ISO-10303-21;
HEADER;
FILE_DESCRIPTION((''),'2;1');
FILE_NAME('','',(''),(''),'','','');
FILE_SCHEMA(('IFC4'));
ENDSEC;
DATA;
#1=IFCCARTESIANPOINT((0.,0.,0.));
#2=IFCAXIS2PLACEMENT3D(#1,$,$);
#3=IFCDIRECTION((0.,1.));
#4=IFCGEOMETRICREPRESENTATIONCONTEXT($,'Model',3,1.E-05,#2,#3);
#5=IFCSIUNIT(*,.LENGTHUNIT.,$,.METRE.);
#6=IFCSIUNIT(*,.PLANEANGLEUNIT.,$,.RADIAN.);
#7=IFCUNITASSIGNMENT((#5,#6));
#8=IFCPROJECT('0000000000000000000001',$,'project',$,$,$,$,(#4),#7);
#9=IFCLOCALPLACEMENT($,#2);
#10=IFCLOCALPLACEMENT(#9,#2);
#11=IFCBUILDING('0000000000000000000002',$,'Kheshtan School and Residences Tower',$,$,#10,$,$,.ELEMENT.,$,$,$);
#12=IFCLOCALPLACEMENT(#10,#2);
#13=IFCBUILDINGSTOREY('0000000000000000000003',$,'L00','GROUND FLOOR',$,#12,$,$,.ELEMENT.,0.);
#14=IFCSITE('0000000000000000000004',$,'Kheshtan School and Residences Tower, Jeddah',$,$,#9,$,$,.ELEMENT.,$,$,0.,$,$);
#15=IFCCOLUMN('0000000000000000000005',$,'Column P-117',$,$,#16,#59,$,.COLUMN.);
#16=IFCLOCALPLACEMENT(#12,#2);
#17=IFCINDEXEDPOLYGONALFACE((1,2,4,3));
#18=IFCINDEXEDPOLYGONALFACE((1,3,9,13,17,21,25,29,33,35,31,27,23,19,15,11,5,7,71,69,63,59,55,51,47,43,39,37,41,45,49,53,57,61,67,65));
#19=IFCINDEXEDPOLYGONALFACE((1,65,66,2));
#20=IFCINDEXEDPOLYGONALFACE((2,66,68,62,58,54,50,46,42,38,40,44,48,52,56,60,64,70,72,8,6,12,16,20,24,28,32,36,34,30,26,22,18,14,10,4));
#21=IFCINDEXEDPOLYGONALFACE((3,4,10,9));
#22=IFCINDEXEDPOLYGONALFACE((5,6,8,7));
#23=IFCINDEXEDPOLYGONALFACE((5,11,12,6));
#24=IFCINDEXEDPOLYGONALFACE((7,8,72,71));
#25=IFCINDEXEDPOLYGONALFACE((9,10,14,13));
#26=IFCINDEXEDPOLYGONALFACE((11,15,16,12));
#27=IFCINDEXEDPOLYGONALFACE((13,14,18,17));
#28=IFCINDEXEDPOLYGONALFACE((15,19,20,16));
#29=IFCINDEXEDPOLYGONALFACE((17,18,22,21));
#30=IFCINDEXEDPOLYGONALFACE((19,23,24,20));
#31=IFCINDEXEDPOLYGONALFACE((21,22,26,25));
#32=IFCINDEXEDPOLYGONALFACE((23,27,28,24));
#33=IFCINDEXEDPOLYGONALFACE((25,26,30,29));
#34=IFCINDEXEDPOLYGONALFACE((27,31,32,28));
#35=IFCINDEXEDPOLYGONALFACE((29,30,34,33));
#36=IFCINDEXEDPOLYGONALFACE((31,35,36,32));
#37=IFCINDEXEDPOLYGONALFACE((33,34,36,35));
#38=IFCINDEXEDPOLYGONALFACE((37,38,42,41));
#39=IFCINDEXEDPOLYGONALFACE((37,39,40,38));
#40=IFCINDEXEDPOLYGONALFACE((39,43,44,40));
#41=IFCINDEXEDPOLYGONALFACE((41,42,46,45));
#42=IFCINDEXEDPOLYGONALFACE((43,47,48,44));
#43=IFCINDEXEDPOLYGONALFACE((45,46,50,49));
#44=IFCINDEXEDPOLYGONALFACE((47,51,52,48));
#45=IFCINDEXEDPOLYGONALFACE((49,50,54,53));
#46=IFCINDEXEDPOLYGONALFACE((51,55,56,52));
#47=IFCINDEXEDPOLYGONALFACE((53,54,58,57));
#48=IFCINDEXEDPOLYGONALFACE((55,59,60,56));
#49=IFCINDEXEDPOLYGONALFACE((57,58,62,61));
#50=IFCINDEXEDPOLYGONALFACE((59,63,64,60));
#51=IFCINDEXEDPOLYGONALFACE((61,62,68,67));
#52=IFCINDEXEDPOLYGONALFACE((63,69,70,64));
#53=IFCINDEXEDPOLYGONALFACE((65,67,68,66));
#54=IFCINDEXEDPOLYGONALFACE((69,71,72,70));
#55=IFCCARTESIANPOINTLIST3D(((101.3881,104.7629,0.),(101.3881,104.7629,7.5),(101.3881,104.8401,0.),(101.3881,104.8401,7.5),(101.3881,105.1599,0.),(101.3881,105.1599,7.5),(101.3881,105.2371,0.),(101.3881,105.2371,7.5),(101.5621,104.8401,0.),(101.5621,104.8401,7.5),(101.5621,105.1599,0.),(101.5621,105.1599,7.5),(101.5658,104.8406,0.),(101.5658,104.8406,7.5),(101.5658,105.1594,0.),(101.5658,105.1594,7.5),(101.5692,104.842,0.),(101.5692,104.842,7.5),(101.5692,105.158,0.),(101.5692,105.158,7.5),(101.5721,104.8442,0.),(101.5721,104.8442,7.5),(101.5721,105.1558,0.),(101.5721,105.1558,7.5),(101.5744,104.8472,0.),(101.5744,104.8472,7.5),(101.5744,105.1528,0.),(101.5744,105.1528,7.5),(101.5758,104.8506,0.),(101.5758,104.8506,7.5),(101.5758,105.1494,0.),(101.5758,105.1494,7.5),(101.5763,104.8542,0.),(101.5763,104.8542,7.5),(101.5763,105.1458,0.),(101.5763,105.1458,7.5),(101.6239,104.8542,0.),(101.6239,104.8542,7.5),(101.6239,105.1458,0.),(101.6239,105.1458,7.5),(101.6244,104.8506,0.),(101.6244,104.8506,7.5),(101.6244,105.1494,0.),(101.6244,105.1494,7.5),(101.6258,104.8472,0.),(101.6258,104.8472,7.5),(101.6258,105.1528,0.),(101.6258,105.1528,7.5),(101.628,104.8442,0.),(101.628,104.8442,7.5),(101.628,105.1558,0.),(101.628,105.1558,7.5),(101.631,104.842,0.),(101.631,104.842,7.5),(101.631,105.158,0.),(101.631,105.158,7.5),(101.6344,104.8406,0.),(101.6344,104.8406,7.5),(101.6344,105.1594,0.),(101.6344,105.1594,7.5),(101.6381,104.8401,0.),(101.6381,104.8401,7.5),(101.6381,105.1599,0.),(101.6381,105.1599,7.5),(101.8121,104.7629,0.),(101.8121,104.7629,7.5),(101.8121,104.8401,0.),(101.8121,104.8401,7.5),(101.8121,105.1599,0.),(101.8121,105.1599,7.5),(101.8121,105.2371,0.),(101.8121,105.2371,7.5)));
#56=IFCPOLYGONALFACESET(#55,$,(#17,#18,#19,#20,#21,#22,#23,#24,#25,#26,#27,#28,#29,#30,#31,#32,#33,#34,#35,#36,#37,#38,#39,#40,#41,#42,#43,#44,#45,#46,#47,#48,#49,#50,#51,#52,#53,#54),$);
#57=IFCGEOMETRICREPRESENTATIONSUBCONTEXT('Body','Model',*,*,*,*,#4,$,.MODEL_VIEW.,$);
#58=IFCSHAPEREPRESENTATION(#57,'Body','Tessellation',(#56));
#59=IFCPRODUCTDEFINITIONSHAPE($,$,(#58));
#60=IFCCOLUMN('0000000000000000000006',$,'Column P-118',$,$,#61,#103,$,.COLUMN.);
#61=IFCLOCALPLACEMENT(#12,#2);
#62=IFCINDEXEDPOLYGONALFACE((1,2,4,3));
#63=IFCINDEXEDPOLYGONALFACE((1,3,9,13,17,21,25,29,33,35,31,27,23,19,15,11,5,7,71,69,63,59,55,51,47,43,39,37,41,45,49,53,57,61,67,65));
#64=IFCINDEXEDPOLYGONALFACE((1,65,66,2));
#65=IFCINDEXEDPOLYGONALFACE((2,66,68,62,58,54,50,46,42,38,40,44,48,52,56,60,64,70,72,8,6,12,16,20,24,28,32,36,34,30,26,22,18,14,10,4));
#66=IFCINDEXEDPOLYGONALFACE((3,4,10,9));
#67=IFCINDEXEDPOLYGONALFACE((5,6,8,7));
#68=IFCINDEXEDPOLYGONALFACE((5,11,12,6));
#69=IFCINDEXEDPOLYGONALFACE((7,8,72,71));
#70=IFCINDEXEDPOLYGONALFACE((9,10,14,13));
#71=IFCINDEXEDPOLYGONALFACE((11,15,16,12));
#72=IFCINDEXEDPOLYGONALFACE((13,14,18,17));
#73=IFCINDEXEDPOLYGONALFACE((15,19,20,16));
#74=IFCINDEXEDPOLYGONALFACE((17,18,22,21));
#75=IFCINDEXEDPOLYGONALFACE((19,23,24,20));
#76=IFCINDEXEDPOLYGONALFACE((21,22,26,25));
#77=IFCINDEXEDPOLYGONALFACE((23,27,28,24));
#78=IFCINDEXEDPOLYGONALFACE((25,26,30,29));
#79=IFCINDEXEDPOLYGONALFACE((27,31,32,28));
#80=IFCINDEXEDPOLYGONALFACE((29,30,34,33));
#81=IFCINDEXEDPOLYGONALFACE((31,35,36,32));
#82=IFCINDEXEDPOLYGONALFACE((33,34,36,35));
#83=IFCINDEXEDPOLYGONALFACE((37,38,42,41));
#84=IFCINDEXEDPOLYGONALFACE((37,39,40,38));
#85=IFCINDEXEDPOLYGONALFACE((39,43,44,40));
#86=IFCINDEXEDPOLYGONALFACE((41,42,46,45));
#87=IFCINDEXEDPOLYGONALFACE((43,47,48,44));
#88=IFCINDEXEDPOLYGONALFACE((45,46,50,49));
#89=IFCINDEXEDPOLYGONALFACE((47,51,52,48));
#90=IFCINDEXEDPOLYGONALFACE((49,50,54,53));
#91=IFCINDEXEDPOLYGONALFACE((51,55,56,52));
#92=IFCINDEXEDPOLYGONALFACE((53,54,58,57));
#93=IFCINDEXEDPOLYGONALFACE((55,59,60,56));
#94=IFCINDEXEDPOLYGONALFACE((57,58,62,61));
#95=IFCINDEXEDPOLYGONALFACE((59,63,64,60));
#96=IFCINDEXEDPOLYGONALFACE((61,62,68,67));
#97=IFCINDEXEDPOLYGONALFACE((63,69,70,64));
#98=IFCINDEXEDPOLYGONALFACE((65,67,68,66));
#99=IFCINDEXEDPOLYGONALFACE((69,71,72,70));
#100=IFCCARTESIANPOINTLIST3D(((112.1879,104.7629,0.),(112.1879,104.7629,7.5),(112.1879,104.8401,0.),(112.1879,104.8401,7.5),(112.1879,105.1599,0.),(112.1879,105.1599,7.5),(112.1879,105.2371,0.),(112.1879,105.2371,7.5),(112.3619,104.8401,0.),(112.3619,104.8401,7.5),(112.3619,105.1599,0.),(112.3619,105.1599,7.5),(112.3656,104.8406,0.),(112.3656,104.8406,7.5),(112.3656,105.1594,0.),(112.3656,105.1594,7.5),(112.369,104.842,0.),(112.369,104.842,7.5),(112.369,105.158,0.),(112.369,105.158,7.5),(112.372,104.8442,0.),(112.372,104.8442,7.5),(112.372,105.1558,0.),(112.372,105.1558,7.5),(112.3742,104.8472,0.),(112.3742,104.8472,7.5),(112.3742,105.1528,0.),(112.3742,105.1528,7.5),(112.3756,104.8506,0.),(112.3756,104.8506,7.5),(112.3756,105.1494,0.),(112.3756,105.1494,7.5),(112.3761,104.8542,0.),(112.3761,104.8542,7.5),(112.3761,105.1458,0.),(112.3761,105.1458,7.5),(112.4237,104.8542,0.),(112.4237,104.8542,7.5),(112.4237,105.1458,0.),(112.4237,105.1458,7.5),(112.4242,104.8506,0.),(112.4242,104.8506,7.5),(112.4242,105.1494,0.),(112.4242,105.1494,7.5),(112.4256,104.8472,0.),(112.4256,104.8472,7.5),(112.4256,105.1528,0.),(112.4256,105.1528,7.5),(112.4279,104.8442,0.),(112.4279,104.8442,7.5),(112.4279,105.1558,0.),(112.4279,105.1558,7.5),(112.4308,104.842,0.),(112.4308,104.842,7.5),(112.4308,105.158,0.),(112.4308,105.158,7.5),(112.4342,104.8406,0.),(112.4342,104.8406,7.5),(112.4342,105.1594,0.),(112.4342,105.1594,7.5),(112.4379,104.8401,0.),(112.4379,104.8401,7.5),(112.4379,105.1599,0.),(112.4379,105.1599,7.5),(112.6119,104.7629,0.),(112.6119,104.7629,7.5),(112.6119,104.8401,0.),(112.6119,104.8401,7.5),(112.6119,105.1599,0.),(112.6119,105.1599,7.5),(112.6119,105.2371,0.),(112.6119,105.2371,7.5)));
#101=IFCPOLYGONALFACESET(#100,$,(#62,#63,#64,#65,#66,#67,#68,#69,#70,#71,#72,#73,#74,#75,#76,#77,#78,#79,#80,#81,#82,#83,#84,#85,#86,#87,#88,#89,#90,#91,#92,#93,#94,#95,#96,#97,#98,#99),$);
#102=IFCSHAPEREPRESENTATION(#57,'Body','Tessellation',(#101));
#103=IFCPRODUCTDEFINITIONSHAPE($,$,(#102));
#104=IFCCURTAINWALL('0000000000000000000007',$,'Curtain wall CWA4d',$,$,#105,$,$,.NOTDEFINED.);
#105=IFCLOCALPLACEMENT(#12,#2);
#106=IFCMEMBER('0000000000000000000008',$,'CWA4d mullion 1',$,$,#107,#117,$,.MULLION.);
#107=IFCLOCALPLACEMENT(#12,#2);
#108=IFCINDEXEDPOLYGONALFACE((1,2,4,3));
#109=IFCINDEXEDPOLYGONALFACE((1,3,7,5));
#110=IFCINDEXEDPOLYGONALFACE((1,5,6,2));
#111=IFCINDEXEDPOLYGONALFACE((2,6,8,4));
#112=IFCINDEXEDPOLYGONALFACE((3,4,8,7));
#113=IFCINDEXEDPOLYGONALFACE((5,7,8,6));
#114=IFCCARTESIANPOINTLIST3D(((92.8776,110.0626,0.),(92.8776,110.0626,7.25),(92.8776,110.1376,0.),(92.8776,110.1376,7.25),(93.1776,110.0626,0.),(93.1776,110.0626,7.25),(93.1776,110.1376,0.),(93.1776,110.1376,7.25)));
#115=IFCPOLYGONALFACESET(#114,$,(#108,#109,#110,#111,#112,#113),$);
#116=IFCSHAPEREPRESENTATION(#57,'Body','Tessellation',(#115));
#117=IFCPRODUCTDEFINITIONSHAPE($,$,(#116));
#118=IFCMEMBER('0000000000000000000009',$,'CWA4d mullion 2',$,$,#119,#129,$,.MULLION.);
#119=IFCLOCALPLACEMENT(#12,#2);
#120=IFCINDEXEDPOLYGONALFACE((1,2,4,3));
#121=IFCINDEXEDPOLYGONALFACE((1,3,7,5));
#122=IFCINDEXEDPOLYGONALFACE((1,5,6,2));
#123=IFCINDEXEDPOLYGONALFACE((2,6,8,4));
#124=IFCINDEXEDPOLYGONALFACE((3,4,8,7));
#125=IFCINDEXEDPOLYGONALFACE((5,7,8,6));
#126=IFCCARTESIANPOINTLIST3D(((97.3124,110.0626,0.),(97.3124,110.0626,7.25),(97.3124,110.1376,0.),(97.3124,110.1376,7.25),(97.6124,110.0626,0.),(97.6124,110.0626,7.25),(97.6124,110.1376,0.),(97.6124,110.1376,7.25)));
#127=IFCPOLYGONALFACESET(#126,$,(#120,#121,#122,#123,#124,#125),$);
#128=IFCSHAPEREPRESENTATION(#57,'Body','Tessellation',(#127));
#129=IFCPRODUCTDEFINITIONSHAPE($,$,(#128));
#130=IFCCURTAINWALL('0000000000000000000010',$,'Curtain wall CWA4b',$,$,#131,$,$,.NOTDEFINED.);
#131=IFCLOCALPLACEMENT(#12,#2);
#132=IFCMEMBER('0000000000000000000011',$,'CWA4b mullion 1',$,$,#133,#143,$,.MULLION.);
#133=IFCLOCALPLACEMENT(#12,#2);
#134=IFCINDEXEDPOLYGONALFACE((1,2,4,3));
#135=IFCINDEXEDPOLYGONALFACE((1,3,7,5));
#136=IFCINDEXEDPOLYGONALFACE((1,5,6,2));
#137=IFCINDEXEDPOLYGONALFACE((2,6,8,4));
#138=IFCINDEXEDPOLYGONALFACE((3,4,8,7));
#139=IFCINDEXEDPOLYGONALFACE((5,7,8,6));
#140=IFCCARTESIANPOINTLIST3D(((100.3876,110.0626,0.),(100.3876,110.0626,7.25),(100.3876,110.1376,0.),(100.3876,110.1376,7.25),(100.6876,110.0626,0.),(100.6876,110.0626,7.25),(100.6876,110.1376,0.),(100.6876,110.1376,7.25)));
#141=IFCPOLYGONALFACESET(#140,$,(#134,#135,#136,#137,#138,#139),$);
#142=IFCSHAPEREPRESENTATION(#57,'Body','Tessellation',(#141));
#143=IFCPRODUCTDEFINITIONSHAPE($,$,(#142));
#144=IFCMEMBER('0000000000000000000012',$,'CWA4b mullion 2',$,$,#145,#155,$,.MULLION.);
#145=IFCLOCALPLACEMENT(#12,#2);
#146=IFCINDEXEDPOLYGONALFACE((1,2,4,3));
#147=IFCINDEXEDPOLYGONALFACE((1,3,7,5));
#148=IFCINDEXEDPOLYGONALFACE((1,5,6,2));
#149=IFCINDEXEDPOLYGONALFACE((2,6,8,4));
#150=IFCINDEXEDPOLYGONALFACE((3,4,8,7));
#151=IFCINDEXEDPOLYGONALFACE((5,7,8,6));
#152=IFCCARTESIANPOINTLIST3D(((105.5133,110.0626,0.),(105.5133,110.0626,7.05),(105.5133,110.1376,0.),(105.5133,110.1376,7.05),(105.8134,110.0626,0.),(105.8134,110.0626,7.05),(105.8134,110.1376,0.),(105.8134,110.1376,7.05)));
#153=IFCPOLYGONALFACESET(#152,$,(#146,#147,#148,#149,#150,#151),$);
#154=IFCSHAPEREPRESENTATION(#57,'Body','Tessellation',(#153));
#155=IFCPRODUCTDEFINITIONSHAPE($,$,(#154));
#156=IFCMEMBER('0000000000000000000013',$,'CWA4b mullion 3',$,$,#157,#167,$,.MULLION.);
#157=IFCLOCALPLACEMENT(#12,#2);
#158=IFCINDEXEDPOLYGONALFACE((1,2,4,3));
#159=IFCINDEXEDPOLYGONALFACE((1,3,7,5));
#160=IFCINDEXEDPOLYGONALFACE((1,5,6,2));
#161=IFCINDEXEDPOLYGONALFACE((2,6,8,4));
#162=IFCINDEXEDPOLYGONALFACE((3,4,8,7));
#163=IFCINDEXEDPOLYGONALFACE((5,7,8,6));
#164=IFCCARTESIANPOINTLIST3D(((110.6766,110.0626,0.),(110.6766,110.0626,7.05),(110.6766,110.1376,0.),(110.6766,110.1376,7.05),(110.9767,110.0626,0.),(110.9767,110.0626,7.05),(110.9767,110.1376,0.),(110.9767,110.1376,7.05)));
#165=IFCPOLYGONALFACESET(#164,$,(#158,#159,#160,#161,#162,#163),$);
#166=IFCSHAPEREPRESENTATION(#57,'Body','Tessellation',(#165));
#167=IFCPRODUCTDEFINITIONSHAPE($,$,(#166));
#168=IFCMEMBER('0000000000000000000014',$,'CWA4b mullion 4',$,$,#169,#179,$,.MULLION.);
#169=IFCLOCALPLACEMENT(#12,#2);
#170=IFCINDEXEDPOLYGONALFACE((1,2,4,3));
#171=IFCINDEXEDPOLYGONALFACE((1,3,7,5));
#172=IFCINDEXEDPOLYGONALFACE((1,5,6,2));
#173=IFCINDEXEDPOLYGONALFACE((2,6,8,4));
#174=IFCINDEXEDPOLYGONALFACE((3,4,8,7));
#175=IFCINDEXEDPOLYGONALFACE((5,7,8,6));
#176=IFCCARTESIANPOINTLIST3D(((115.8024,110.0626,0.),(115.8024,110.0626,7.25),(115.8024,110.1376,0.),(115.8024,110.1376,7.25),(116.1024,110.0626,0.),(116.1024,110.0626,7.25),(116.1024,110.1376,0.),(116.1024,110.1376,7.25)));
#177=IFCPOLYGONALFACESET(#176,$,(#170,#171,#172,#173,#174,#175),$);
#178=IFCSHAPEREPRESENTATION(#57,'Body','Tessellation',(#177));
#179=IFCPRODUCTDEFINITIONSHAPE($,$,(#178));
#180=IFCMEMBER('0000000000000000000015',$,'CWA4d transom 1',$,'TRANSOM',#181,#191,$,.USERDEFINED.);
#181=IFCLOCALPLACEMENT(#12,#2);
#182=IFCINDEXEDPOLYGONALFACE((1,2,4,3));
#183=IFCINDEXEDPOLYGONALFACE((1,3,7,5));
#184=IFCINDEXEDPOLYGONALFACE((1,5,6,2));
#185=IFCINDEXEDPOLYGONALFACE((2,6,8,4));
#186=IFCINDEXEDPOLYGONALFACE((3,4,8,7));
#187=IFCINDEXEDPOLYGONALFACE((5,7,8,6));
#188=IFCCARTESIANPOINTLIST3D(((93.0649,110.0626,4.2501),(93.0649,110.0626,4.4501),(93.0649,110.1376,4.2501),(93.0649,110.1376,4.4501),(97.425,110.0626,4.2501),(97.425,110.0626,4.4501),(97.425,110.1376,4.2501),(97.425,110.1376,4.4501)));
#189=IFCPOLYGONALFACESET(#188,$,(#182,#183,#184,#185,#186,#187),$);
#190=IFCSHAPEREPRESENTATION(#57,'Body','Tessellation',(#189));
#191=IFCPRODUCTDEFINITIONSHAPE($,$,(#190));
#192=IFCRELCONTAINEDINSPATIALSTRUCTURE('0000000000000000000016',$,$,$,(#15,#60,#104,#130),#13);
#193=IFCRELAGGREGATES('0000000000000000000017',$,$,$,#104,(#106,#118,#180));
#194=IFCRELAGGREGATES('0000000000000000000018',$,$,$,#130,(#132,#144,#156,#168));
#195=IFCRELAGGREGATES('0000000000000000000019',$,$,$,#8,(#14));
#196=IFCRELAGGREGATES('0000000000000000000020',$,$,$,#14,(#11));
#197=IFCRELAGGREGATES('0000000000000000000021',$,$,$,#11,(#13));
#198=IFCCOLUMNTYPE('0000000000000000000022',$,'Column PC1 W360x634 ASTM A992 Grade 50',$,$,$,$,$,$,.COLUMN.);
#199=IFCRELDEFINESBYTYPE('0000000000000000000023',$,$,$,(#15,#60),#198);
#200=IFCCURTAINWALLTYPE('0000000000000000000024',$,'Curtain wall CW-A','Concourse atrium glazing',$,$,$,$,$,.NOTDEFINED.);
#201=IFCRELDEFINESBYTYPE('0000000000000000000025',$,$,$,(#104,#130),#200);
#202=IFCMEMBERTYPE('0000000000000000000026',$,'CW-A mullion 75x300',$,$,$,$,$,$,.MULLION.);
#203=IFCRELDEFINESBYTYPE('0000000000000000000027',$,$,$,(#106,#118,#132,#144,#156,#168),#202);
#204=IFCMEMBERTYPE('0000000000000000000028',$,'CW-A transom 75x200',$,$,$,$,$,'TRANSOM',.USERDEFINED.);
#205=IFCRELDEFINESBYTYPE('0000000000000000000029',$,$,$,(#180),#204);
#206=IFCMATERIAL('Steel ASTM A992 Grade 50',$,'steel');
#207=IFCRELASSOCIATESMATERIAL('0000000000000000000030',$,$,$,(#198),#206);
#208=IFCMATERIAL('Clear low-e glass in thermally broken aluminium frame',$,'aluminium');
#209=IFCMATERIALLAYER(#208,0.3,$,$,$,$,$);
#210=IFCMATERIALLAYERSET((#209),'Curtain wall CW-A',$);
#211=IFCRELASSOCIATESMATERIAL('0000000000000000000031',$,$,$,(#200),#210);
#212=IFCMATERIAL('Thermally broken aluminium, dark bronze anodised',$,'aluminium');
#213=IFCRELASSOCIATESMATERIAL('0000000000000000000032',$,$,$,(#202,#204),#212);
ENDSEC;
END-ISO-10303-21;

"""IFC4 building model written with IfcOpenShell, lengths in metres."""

from ifc_helpers import new_model, si_unit, direction, frame, origin, origin_2d, place, context, subcontext, project, spatial, rectangle, i_section, extrude, material, layer, layer_set, material_profile, profile_set, type_object, element, aggregate, save


model = new_model("IFC4")

# Units and contexts
model_context = context("Model", 3, precision=1e-05, world=origin(), true_north=direction((0.0, 1.0)))
body_context = subcontext(model_context, "Body", "Model", "MODEL_VIEW")
ifc_project = project(units=[si_unit("LENGTHUNIT", "METRE"), si_unit("PLANEANGLEUNIT", "RADIAN")], contexts=[model_context])

# Site, building, storey
site_placement = place(None, origin())
site = spatial("IfcSite", under=ifc_project, at=site_placement, Name="Kheshtan School and Residences Tower, Jeddah", CompositionType="ELEMENT", RefElevation=0.0)
building_placement = place(site_placement, origin())
building = spatial("IfcBuilding", under=site, at=building_placement, Name="Kheshtan School and Residences Tower", CompositionType="ELEMENT")
storey_placement = place(building_placement, origin())
storey = spatial("IfcBuildingStorey", under=building, at=storey_placement, Name="L00", Description="GROUND FLOOR", CompositionType="ELEMENT", Elevation=0.0)

# Columns
ifc_material_1 = material(Name="Steel ASTM A992 Grade 50", Category="steel")
ifc_material_profile_1 = material_profile(ifc_material_1, i_section(OverallWidth=0.4241, OverallDepth=0.4741, WebThickness=0.0476, FlangeThickness=0.0771, FilletRadius=0.0142, at=origin_2d()), Name="W360x634")
ifc_profile_set_1 = profile_set([ifc_material_profile_1], Name="Steel ASTM A992 Grade 50")
column_type = type_object("IfcColumnType", Name="Column PC1 W360x634 ASTM A992 Grade 50", PredefinedType="COLUMN", material=ifc_profile_set_1)
for number, where, z_axis, x_axis, name in (
    (1, (101.6001, 105.0, 0.0), (0.0, 0.0, 1.0), (1.0, 0.0, 0.0), "Column P-117"),
    (2, (112.3999, 105.0, 0.0), (0.0, 0.0, 1.0), (1.0, 0.0, 0.0), "Column P-118"),
):
    element("IfcColumn", number, at=place(storey_placement, frame(where, z_axis=z_axis, x_axis=x_axis)), inside=storey, type_object=column_type, Name=name, PredefinedType="COLUMN", context=body_context, shape_type="SweptSolid", body=[
        extrude(i_section(OverallWidth=0.4241, OverallDepth=0.4741, WebThickness=0.0476, FlangeThickness=0.0771, FilletRadius=0.0142, at=origin_2d()), origin(), (0.0, 0.0, 1.0), 7.5),
    ])

# Curtain walls, members
ifc_material_2 = material(Name="Clear low-e glass in thermally broken aluminium frame", Category="aluminium")
ifc_layer_1 = layer(ifc_material_2, 0.3)
ifc_layer_set_1 = layer_set([ifc_layer_1], Name="Curtain wall CW-A")
curtain_wall_type = type_object("IfcCurtainWallType", Name="Curtain wall CW-A", Description="Concourse atrium glazing", PredefinedType="NOTDEFINED", material=ifc_layer_set_1)
curtain_wall_1_placement = place(storey_placement, origin())
curtain_wall_1 = element("IfcCurtainWall", 3, at=curtain_wall_1_placement, inside=storey, type_object=curtain_wall_type, Name="Curtain wall CWA4d", PredefinedType="NOTDEFINED")
ifc_material_3 = material(Name="Thermally broken aluminium, dark bronze anodised", Category="aluminium")
ifc_material_profile_2 = material_profile(ifc_material_3, rectangle(XDim=0.075, YDim=0.3, at=origin_2d()), Name="CW-A mullion 75x300")
ifc_profile_set_2 = profile_set([ifc_material_profile_2], Name="Thermally broken aluminium, dark bronze anodised")
member_type_1 = type_object("IfcMemberType", Name="CW-A mullion 75x300", PredefinedType="MULLION", material=ifc_profile_set_2)
member_1_placement = place(storey_placement, frame((93.0276, 110.1001, 0.0), z_axis=(0.0, 0.0, 1.0), x_axis=(0.0, 1.0, 0.0)))
member_1 = element("IfcMember", 4, at=member_1_placement, type_object=member_type_1, Name="CWA4d mullion 1", PredefinedType="MULLION", context=body_context, shape_type="SweptSolid", body=[
    extrude(rectangle(XDim=0.075, YDim=0.3, at=origin_2d()), origin(), (0.0, 0.0, 1.0), 7.25),
])
member_2_placement = place(storey_placement, frame((97.4624, 110.1001, 0.0), z_axis=(0.0, 0.0, 1.0), x_axis=(0.0, 1.0, 0.0)))
member_2 = element("IfcMember", 5, at=member_2_placement, type_object=member_type_1, Name="CWA4d mullion 2", PredefinedType="MULLION", context=body_context, shape_type="SweptSolid", body=[
    extrude(rectangle(XDim=0.075, YDim=0.3, at=origin_2d()), origin(), (0.0, 0.0, 1.0), 7.25),
])
curtain_wall_2_placement = place(storey_placement, origin())
curtain_wall_2 = element("IfcCurtainWall", 6, at=curtain_wall_2_placement, inside=storey, type_object=curtain_wall_type, Name="Curtain wall CWA4b", PredefinedType="NOTDEFINED")
member_3_placement = place(storey_placement, frame((100.5376, 110.1001, 0.0), z_axis=(0.0, 0.0, 1.0), x_axis=(0.0, 1.0, 0.0)))
member_3 = element("IfcMember", 7, at=member_3_placement, type_object=member_type_1, Name="CWA4b mullion 1", PredefinedType="MULLION", context=body_context, shape_type="SweptSolid", body=[
    extrude(rectangle(XDim=0.075, YDim=0.3, at=origin_2d()), origin(), (0.0, 0.0, 1.0), 7.25),
])
member_4_placement = place(storey_placement, frame((105.6633, 110.1001, 0.0), z_axis=(0.0, 0.0, 1.0), x_axis=(0.0, 1.0, 0.0)))
member_4 = element("IfcMember", 8, at=member_4_placement, type_object=member_type_1, Name="CWA4b mullion 2", PredefinedType="MULLION", context=body_context, shape_type="SweptSolid", body=[
    extrude(rectangle(XDim=0.075, YDim=0.3, at=origin_2d()), origin(), (0.0, 0.0, 1.0), 7.05),
])
member_5_placement = place(storey_placement, frame((110.8267, 110.1001, 0.0), z_axis=(0.0, 0.0, 1.0), x_axis=(0.0, 1.0, 0.0)))
member_5 = element("IfcMember", 9, at=member_5_placement, type_object=member_type_1, Name="CWA4b mullion 3", PredefinedType="MULLION", context=body_context, shape_type="SweptSolid", body=[
    extrude(rectangle(XDim=0.075, YDim=0.3, at=origin_2d()), origin(), (0.0, 0.0, 1.0), 7.05),
])
member_6_placement = place(storey_placement, frame((115.9524, 110.1001, 0.0), z_axis=(0.0, 0.0, 1.0), x_axis=(0.0, 1.0, 0.0)))
member_6 = element("IfcMember", 10, at=member_6_placement, type_object=member_type_1, Name="CWA4b mullion 4", PredefinedType="MULLION", context=body_context, shape_type="SweptSolid", body=[
    extrude(rectangle(XDim=0.075, YDim=0.3, at=origin_2d()), origin(), (0.0, 0.0, 1.0), 7.25),
])

# Member
ifc_material_profile_3 = material_profile(ifc_material_3, rectangle(XDim=0.075, YDim=0.2, at=origin_2d()), Name="CW-A transom 75x200")
ifc_profile_set_3 = profile_set([ifc_material_profile_3], Name="Thermally broken aluminium, dark bronze anodised")
member_type_2 = type_object("IfcMemberType", Name="CW-A transom 75x200", ElementType="TRANSOM", PredefinedType="USERDEFINED", material=ifc_profile_set_3)
member_7_placement = place(storey_placement, frame((93.0649, 110.1001, 4.3501), z_axis=(1.0, 0.0, 0.0), x_axis=(0.0, 1.0, 0.0)))
member_7 = element("IfcMember", 11, at=member_7_placement, type_object=member_type_2, Name="CWA4d transom 1", ObjectType="TRANSOM", PredefinedType="USERDEFINED", context=body_context, shape_type="SweptSolid", body=[
    extrude(rectangle(XDim=0.075, YDim=0.2, at=origin_2d()), origin(), (0.0, 0.0, 1.0), 4.3601),
])

aggregate(curtain_wall_1, [member_1, member_2, member_7])
aggregate(curtain_wall_2, [member_3, member_4, member_5, member_6])

save(model, "model.ifc")
